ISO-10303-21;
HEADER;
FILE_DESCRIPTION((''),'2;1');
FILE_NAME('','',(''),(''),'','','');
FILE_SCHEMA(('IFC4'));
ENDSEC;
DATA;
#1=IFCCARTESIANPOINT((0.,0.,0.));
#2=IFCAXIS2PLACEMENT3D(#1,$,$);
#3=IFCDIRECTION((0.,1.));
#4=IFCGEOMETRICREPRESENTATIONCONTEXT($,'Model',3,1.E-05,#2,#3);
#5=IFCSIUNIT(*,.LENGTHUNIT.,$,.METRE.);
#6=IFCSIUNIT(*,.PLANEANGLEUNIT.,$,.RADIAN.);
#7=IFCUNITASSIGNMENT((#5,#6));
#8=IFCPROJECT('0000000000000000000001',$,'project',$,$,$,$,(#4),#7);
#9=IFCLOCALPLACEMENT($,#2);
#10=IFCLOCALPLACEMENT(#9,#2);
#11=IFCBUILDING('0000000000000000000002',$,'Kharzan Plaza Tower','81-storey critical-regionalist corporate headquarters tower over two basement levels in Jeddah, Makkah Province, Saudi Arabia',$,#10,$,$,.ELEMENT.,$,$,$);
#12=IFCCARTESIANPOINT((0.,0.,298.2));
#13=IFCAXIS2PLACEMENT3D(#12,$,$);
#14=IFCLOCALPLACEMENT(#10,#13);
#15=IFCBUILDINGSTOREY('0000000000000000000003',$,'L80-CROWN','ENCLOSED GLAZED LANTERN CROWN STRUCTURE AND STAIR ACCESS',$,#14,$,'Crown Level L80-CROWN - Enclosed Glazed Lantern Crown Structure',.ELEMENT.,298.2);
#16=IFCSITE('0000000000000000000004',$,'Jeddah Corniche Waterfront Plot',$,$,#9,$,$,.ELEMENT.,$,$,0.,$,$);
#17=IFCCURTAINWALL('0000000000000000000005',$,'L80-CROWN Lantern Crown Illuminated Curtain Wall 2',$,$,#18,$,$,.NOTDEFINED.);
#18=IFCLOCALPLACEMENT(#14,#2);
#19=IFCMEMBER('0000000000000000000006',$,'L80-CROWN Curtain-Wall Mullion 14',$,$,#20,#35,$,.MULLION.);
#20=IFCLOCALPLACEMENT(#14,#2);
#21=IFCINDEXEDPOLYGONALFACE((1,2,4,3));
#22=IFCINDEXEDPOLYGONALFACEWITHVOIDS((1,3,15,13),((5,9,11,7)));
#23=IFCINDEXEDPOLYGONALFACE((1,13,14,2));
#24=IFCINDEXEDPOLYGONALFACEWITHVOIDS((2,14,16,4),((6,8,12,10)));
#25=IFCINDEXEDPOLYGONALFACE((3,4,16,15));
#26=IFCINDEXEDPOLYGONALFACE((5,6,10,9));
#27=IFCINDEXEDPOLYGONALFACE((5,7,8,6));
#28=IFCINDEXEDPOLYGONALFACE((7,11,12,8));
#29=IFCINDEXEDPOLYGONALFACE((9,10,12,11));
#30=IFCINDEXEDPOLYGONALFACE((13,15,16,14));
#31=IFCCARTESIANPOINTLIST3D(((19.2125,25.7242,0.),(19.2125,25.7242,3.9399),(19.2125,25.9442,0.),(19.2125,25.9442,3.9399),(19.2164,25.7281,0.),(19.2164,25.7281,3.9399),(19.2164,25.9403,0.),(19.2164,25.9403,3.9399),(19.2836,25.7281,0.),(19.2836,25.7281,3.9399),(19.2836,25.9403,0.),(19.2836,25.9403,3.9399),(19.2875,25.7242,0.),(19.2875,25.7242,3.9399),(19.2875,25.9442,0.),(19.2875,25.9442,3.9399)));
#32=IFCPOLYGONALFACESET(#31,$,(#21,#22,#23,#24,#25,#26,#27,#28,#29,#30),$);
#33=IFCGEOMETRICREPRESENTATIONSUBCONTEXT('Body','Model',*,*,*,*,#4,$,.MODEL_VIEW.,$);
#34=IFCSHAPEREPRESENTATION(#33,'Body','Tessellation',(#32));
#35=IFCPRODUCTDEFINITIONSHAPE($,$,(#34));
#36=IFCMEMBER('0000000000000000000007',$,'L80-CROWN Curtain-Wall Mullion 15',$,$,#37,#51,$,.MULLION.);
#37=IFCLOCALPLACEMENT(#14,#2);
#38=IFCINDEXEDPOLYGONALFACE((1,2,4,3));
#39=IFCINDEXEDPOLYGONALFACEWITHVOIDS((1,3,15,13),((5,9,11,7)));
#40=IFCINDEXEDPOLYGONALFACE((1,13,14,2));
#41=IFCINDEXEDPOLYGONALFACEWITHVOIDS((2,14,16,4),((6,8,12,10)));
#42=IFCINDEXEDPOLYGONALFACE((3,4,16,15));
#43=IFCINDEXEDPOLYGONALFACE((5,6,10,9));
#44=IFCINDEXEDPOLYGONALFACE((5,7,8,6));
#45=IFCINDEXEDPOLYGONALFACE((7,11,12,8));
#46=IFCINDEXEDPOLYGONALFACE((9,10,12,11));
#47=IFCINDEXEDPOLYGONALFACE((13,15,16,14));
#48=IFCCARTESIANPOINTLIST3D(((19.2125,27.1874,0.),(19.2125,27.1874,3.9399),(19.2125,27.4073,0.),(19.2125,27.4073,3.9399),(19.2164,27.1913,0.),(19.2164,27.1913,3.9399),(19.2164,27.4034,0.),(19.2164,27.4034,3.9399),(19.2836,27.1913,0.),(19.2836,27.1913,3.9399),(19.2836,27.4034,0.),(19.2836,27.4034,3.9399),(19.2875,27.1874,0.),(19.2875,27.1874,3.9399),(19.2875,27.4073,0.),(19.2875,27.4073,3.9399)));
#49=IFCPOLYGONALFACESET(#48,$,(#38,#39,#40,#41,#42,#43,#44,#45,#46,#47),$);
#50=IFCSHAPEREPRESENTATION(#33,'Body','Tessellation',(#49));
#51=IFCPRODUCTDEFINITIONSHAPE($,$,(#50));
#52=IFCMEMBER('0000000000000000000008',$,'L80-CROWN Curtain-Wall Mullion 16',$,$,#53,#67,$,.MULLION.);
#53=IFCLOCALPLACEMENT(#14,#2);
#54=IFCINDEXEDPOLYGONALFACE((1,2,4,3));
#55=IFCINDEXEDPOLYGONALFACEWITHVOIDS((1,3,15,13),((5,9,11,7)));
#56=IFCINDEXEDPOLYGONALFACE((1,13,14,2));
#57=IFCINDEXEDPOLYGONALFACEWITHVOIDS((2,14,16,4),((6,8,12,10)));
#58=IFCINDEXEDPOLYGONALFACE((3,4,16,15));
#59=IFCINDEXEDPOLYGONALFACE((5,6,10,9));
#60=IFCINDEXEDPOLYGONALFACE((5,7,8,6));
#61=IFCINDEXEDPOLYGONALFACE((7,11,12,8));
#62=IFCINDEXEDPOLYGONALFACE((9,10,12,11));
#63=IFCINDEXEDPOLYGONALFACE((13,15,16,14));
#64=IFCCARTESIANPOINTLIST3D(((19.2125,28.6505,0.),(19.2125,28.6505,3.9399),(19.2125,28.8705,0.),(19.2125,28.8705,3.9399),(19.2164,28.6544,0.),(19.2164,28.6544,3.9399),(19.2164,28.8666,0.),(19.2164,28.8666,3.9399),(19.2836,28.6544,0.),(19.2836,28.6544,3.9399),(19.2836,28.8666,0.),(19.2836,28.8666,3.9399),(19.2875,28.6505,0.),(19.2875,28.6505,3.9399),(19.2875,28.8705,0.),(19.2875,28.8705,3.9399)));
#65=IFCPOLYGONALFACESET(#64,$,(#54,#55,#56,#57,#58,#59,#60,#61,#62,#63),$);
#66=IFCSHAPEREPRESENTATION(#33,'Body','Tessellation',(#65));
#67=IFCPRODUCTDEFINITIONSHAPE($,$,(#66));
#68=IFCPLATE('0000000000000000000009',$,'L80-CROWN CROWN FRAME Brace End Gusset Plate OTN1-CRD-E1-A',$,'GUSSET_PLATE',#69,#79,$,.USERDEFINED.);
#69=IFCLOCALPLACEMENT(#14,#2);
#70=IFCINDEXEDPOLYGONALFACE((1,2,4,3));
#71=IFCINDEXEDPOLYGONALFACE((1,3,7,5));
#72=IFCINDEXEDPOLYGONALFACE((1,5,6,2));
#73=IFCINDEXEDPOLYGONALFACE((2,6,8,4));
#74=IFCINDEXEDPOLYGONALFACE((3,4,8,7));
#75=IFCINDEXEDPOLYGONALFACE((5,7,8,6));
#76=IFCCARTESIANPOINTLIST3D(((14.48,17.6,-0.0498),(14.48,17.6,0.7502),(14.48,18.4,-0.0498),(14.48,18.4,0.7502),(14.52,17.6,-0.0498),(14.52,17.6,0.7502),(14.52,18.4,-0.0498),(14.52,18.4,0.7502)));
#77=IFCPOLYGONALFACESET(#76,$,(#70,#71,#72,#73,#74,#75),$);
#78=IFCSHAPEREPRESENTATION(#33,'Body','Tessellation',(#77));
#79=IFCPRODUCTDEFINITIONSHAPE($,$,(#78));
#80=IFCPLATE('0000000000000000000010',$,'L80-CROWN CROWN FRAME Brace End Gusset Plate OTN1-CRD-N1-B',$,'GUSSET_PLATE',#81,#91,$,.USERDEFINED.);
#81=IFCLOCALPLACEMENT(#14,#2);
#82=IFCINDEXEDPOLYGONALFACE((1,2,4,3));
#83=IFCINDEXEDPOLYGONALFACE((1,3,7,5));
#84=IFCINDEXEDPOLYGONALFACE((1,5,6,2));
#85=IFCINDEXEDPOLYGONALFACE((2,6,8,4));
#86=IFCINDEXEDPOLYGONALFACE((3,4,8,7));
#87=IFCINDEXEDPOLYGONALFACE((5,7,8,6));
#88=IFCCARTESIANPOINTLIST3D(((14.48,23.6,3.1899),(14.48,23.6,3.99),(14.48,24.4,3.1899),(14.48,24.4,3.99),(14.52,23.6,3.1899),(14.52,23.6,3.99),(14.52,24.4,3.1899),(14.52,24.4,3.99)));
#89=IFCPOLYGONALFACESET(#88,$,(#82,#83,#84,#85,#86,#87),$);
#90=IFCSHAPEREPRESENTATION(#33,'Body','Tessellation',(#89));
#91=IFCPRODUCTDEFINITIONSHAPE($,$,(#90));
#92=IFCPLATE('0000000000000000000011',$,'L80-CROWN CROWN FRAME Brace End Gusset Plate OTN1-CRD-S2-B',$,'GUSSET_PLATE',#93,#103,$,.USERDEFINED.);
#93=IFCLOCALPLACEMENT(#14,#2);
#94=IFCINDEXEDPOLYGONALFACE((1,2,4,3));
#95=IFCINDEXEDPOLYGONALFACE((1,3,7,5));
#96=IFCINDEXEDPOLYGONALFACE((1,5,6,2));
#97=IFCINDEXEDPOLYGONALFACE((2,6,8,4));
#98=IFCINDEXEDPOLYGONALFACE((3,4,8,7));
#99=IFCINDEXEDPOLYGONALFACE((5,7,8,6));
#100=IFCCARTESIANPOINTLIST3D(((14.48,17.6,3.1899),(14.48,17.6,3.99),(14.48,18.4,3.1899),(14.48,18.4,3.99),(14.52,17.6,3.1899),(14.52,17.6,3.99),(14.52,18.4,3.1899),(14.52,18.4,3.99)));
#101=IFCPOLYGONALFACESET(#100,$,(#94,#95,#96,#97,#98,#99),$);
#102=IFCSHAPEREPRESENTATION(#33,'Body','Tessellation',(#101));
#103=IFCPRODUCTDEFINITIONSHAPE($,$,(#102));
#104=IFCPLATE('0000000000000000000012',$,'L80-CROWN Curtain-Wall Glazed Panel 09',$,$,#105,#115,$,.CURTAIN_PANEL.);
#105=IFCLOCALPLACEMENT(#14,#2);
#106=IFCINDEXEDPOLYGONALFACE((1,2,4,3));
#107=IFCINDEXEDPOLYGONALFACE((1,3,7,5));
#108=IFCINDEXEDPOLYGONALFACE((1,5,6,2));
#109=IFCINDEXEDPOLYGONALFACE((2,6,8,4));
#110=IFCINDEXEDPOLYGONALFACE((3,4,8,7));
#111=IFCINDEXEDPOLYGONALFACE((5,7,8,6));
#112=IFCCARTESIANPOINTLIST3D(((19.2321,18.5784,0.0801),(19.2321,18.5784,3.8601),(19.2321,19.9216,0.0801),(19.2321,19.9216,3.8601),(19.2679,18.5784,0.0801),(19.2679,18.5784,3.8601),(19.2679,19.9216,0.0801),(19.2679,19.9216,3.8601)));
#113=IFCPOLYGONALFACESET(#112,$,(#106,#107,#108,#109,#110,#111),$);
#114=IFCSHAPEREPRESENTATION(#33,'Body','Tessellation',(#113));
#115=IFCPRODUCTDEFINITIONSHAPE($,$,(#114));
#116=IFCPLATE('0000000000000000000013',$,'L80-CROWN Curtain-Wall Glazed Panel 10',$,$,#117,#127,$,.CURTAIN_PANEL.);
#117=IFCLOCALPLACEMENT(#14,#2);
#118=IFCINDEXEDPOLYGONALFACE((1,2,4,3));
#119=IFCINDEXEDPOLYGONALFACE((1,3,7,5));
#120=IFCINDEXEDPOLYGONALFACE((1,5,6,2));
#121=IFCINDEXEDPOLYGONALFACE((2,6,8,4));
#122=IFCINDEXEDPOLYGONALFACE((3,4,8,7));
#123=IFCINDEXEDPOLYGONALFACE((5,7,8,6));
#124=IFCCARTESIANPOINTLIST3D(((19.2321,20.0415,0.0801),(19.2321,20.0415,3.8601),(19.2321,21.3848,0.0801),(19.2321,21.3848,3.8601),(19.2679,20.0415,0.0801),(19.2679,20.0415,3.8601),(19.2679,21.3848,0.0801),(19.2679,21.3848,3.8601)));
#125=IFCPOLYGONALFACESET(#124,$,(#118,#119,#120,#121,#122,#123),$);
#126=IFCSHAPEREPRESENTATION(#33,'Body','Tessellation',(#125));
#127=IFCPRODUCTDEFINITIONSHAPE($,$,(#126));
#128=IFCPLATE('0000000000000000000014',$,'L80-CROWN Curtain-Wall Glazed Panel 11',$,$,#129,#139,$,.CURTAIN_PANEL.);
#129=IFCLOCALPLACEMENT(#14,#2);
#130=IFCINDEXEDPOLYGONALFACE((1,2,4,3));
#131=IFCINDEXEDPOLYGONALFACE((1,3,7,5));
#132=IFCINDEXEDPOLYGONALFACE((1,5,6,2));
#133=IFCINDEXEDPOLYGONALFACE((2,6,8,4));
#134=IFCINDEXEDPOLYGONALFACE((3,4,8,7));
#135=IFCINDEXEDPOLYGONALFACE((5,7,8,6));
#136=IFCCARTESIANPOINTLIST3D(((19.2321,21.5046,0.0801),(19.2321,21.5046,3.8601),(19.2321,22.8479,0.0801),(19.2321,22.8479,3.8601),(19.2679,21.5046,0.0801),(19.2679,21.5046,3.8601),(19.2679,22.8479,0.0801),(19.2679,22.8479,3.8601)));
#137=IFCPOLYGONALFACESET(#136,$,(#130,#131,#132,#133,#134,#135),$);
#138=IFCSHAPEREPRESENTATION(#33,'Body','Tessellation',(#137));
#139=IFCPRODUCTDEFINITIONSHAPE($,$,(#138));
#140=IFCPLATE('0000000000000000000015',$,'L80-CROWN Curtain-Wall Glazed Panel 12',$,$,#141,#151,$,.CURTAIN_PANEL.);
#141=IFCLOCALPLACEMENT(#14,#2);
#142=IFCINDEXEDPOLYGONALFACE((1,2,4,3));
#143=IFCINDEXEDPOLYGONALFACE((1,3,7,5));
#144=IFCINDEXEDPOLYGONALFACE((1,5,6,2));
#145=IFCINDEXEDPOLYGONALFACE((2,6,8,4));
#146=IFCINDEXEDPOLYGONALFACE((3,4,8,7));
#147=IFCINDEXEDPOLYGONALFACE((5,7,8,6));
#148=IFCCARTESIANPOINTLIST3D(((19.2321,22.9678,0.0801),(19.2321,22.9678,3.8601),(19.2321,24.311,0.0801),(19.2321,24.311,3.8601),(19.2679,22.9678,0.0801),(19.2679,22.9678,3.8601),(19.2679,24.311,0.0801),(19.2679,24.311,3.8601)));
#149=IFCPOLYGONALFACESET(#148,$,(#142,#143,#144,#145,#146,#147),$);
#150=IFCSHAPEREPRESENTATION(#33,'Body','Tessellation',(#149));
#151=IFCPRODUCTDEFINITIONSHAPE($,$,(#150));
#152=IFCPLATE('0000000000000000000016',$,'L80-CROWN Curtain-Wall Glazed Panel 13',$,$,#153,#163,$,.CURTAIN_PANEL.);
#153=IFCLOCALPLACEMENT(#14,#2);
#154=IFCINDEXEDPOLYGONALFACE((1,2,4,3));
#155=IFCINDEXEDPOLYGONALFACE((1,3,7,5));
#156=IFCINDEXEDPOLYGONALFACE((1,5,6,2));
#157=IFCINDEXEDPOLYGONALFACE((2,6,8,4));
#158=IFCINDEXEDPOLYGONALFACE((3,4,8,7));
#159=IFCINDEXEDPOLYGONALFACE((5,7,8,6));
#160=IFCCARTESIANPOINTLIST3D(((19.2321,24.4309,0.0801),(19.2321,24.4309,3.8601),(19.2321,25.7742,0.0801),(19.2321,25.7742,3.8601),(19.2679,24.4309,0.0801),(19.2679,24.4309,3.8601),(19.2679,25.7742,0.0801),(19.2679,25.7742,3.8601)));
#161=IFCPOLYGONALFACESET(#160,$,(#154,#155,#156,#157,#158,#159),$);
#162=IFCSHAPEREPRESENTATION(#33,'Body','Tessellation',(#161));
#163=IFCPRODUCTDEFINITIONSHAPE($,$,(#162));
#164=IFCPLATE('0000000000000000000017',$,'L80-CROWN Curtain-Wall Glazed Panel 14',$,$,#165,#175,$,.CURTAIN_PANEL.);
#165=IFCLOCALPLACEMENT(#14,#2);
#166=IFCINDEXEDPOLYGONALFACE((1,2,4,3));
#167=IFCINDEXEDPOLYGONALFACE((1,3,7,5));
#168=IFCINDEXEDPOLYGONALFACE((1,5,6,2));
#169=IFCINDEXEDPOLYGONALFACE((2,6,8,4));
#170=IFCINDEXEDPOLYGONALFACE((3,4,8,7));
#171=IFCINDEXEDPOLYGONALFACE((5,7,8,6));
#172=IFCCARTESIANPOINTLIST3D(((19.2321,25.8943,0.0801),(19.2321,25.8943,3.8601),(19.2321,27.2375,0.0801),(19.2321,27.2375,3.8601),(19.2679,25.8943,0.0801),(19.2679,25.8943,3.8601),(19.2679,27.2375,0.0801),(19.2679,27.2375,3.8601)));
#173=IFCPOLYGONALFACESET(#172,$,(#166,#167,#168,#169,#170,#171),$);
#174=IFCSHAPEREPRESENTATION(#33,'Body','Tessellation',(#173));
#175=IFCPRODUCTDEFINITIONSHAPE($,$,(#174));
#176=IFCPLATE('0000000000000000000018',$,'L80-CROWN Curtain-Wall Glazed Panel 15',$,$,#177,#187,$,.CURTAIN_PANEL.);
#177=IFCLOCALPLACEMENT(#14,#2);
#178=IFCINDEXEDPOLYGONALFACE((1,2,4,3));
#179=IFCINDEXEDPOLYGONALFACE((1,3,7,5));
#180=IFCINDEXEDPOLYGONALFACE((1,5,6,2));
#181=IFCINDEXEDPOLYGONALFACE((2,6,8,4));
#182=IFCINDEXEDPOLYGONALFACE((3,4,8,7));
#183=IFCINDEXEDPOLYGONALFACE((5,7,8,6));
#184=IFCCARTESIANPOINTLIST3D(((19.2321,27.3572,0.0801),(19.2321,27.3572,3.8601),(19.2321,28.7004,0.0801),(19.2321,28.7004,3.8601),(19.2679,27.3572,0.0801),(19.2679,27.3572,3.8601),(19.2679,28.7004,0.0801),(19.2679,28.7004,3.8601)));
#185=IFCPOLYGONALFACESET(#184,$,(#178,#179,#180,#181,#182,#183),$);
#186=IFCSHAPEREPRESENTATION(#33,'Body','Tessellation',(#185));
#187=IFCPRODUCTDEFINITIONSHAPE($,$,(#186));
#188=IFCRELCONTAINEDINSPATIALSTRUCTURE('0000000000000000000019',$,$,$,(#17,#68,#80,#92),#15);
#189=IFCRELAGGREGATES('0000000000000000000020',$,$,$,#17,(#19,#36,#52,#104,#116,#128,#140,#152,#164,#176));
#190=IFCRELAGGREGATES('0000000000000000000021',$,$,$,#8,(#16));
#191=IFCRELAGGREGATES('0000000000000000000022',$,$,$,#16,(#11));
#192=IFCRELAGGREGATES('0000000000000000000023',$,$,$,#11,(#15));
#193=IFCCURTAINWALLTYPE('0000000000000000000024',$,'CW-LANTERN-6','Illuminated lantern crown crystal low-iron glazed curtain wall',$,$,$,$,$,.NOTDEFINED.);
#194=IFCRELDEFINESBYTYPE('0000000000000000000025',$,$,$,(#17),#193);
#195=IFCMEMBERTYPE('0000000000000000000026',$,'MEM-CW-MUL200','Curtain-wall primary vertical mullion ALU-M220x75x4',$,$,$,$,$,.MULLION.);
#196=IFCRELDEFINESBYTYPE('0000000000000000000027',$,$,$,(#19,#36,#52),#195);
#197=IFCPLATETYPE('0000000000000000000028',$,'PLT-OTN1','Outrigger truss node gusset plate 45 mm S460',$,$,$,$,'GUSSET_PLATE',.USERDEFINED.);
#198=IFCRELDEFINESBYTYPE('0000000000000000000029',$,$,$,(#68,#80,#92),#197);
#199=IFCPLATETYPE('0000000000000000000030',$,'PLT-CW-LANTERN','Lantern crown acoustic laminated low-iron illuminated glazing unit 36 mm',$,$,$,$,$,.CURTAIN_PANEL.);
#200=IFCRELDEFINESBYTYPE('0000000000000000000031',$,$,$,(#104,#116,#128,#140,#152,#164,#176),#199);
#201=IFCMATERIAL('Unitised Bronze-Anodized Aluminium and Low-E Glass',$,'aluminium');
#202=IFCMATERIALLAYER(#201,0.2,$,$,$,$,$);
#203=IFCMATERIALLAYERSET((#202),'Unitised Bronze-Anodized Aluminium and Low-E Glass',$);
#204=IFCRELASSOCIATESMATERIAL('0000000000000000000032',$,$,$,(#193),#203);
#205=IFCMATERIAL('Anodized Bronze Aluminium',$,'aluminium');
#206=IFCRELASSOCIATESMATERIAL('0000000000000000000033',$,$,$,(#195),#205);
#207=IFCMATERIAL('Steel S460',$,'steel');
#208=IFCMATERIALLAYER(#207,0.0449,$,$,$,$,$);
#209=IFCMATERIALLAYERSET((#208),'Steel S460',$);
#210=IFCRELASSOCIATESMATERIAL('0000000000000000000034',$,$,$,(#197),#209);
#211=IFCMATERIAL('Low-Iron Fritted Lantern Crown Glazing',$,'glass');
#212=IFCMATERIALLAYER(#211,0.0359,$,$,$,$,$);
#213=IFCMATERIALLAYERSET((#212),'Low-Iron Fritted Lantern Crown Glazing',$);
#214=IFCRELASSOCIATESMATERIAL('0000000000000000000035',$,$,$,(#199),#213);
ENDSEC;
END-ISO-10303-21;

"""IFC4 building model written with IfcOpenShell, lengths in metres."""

from ifc_helpers import new_model, si_unit, direction, frame, origin, origin_2d, place, context, subcontext, project, spatial, rectangle, hollow_rectangle, extrude, source, transform, mapped, material, layer, layer_set, material_profile, profile_set, type_object, element, aggregate, save


model = new_model("IFC4")

# Units and contexts
model_context = context("Model", 3, precision=1e-05, world=origin(), true_north=direction((0.0, 1.0)))
body_context = subcontext(model_context, "Body", "Model", "MODEL_VIEW")
ifc_project = project(units=[si_unit("LENGTHUNIT", "METRE"), si_unit("PLANEANGLEUNIT", "RADIAN")], contexts=[model_context])

# Site, building, storey
site_placement = place(None, origin())
site = spatial("IfcSite", under=ifc_project, at=site_placement, Name="Jeddah Corniche Waterfront Plot", CompositionType="ELEMENT", RefElevation=0.0)
building_placement = place(site_placement, origin())
building = spatial("IfcBuilding", under=site, at=building_placement, Name="Kharzan Plaza Tower", Description="81-storey critical-regionalist corporate headquarters tower over two basement levels in Jeddah, Makkah Province, Saudi Arabia", CompositionType="ELEMENT")
storey_placement = place(building_placement, frame((0.0, 0.0, 298.2)))
storey = spatial("IfcBuildingStorey", under=building, at=storey_placement, Name="L80-CROWN", Description="ENCLOSED GLAZED LANTERN CROWN STRUCTURE AND STAIR ACCESS", LongName="Crown Level L80-CROWN - Enclosed Glazed Lantern Crown Structure", CompositionType="ELEMENT", Elevation=298.2)

# Curtain wall, members
ifc_material_1 = material(Name="Unitised Bronze-Anodized Aluminium and Low-E Glass", Category="aluminium")
ifc_layer_1 = layer(ifc_material_1, 0.2)
ifc_layer_set_1 = layer_set([ifc_layer_1], Name="Unitised Bronze-Anodized Aluminium and Low-E Glass")
curtain_wall_type = type_object("IfcCurtainWallType", Name="CW-LANTERN-6", Description="Illuminated lantern crown crystal low-iron glazed curtain wall", PredefinedType="NOTDEFINED", material=ifc_layer_set_1)
curtain_wall_placement = place(storey_placement, origin())
curtain_wall = element("IfcCurtainWall", 1, at=curtain_wall_placement, inside=storey, type_object=curtain_wall_type, Name="L80-CROWN Lantern Crown Illuminated Curtain Wall 2", PredefinedType="NOTDEFINED")
ifc_material_2 = material(Name="Anodized Bronze Aluminium", Category="aluminium")
ifc_material_profile_1 = material_profile(ifc_material_2, hollow_rectangle(XDim=0.075, YDim=0.22, WallThickness=0.0039, at=origin_2d()), Name="ALU-M220x75x4")
ifc_profile_set_1 = profile_set([ifc_material_profile_1], Name="Anodized Bronze Aluminium")
member_type_1 = type_object("IfcMemberType", Name="MEM-CW-MUL200", Description="Curtain-wall primary vertical mullion ALU-M220x75x4", PredefinedType="MULLION", material=ifc_profile_set_1)
shared_shape_1 = source(origin(), body_context, "Body", "SweptSolid", [
    extrude(hollow_rectangle(XDim=0.075, YDim=0.22, WallThickness=0.0039, at=origin_2d()), origin(), (0.0, 0.0, 1.0), 3.9399),
])
member_1_placement = place(storey_placement, frame((19.25, 25.8342, 0.0), z_axis=(0.0, 0.0, 1.0), x_axis=(1.0, 0.0, 0.0)))
member_1 = element("IfcMember", 2, at=member_1_placement, type_object=member_type_1, Name="L80-CROWN Curtain-Wall Mullion 14", PredefinedType="MULLION", context=body_context, shape_type="MappedRepresentation", body=[
    mapped(shared_shape_1, transform((0.0, 0.0, 0.0), x_axis=(1.0, 0.0, 0.0), y_axis=(0.0, 1.0, 0.0), z_axis=(0.0, 0.0, 1.0))),
])
member_2_placement = place(storey_placement, frame((19.25, 27.2974, 0.0), z_axis=(0.0, 0.0, 1.0), x_axis=(1.0, 0.0, 0.0)))
member_2 = element("IfcMember", 3, at=member_2_placement, type_object=member_type_1, Name="L80-CROWN Curtain-Wall Mullion 15", PredefinedType="MULLION", context=body_context, shape_type="MappedRepresentation", body=[
    mapped(shared_shape_1, transform((0.0, 0.0, 0.0), x_axis=(1.0, 0.0, 0.0), y_axis=(0.0, 1.0, 0.0), z_axis=(0.0, 0.0, 1.0))),
])
member_3_placement = place(storey_placement, frame((19.25, 28.7605, 0.0), z_axis=(0.0, 0.0, 1.0), x_axis=(1.0, 0.0, 0.0)))
member_3 = element("IfcMember", 4, at=member_3_placement, type_object=member_type_1, Name="L80-CROWN Curtain-Wall Mullion 16", PredefinedType="MULLION", context=body_context, shape_type="MappedRepresentation", body=[
    mapped(shared_shape_1, transform((0.0, 0.0, 0.0), x_axis=(1.0, 0.0, 0.0), y_axis=(0.0, 1.0, 0.0), z_axis=(0.0, 0.0, 1.0))),
])

# Plates
ifc_material_3 = material(Name="Steel S460", Category="steel")
ifc_layer_2 = layer(ifc_material_3, 0.0449)
ifc_layer_set_2 = layer_set([ifc_layer_2], Name="Steel S460")
plate_type_1 = type_object("IfcPlateType", Name="PLT-OTN1", Description="Outrigger truss node gusset plate 45 mm S460", ElementType="GUSSET_PLATE", PredefinedType="USERDEFINED", material=ifc_layer_set_2)
shared_shape_2 = source(origin(), body_context, "Body", "SweptSolid", [
    extrude(rectangle(XDim=0.8, YDim=0.04, at=origin_2d()), origin(), (0.0, 0.0, 1.0), 0.8),
])
for number, where, z_axis, x_axis, name in (
    (5, (14.5, 18.0, -0.0498), (0.0, 0.0, 1.0), (0.0, 1.0, 0.0), "L80-CROWN CROWN FRAME Brace End Gusset Plate OTN1-CRD-E1-A"),
    (6, (14.5, 24.0, 3.1899), (0.0, 0.0, 1.0), (0.0, -1.0, 0.0), "L80-CROWN CROWN FRAME Brace End Gusset Plate OTN1-CRD-N1-B"),
    (7, (14.5, 18.0, 3.1899), (0.0, 0.0, 1.0), (0.0, 1.0, 0.0), "L80-CROWN CROWN FRAME Brace End Gusset Plate OTN1-CRD-S2-B"),
):
    element("IfcPlate", number, at=place(storey_placement, frame(where, z_axis=z_axis, x_axis=x_axis)), inside=storey, type_object=plate_type_1, Name=name, ObjectType="GUSSET_PLATE", PredefinedType="USERDEFINED", context=body_context, shape_type="MappedRepresentation", body=[
        mapped(shared_shape_2, transform((0.0, 0.0, 0.0), x_axis=(1.0, 0.0, 0.0), y_axis=(0.0, 1.0, 0.0), z_axis=(0.0, 0.0, 1.0))),
    ])

# Plates
ifc_material_4 = material(Name="Low-Iron Fritted Lantern Crown Glazing", Category="glass")
ifc_layer_3 = layer(ifc_material_4, 0.0359)
ifc_layer_set_3 = layer_set([ifc_layer_3], Name="Low-Iron Fritted Lantern Crown Glazing")
plate_type_2 = type_object("IfcPlateType", Name="PLT-CW-LANTERN", Description="Lantern crown acoustic laminated low-iron illuminated glazing unit 36 mm", PredefinedType="CURTAIN_PANEL", material=ifc_layer_set_3)
shared_shape_3 = source(origin(), body_context, "Body", "SweptSolid", [
    extrude(rectangle(XDim=1.3433, YDim=0.0359, at=origin_2d()), origin(), (0.0, 0.0, 1.0), 3.78),
])
plate_1_placement = place(storey_placement, frame((19.25, 19.25, 0.0801), z_axis=(0.0, 0.0, 1.0), x_axis=(0.0, 1.0, 0.0)))
plate_1 = element("IfcPlate", 8, at=plate_1_placement, type_object=plate_type_2, Name="L80-CROWN Curtain-Wall Glazed Panel 09", PredefinedType="CURTAIN_PANEL", context=body_context, shape_type="MappedRepresentation", body=[
    mapped(shared_shape_3, transform((0.0, 0.0, 0.0), x_axis=(1.0, 0.0, 0.0), y_axis=(0.0, 1.0, 0.0), z_axis=(0.0, 0.0, 1.0))),
])
plate_2_placement = place(storey_placement, frame((19.25, 20.7131, 0.0801), z_axis=(0.0, 0.0, 1.0), x_axis=(0.0, 1.0, 0.0)))
plate_2 = element("IfcPlate", 9, at=plate_2_placement, type_object=plate_type_2, Name="L80-CROWN Curtain-Wall Glazed Panel 10", PredefinedType="CURTAIN_PANEL", context=body_context, shape_type="MappedRepresentation", body=[
    mapped(shared_shape_3, transform((0.0, 0.0, 0.0), x_axis=(1.0, 0.0, 0.0), y_axis=(0.0, 1.0, 0.0), z_axis=(0.0, 0.0, 1.0))),
])
plate_3_placement = place(storey_placement, frame((19.25, 22.1763, 0.0801), z_axis=(0.0, 0.0, 1.0), x_axis=(0.0, 1.0, 0.0)))
plate_3 = element("IfcPlate", 10, at=plate_3_placement, type_object=plate_type_2, Name="L80-CROWN Curtain-Wall Glazed Panel 11", PredefinedType="CURTAIN_PANEL", context=body_context, shape_type="MappedRepresentation", body=[
    mapped(shared_shape_3, transform((0.0, 0.0, 0.0), x_axis=(1.0, 0.0, 0.0), y_axis=(0.0, 1.0, 0.0), z_axis=(0.0, 0.0, 1.0))),
])
plate_4_placement = place(storey_placement, frame((19.25, 23.6394, 0.0801), z_axis=(0.0, 0.0, 1.0), x_axis=(0.0, 1.0, 0.0)))
plate_4 = element("IfcPlate", 11, at=plate_4_placement, type_object=plate_type_2, Name="L80-CROWN Curtain-Wall Glazed Panel 12", PredefinedType="CURTAIN_PANEL", context=body_context, shape_type="MappedRepresentation", body=[
    mapped(shared_shape_3, transform((0.0, 0.0, 0.0), x_axis=(1.0, 0.0, 0.0), y_axis=(0.0, 1.0, 0.0), z_axis=(0.0, 0.0, 1.0))),
])
plate_5_placement = place(storey_placement, frame((19.25, 25.1025, 0.0801), z_axis=(0.0, 0.0, 1.0), x_axis=(0.0, 1.0, 0.0)))
plate_5 = element("IfcPlate", 12, at=plate_5_placement, type_object=plate_type_2, Name="L80-CROWN Curtain-Wall Glazed Panel 13", PredefinedType="CURTAIN_PANEL", context=body_context, shape_type="MappedRepresentation", body=[
    mapped(shared_shape_3, transform((0.0, 0.0, 0.0), x_axis=(1.0, 0.0, 0.0), y_axis=(0.0, 1.0, 0.0), z_axis=(0.0, 0.0, 1.0))),
])
plate_6_placement = place(storey_placement, frame((19.25, 26.5659, 0.0801), z_axis=(0.0, 0.0, 1.0), x_axis=(0.0, 1.0, 0.0)))
plate_6 = element("IfcPlate", 13, at=plate_6_placement, type_object=plate_type_2, Name="L80-CROWN Curtain-Wall Glazed Panel 14", PredefinedType="CURTAIN_PANEL", context=body_context, shape_type="MappedRepresentation", body=[
    mapped(shared_shape_3, transform((0.0, 0.0, 0.0), x_axis=(1.0, 0.0, 0.0), y_axis=(0.0, 1.0, 0.0), z_axis=(0.0, 0.0, 1.0))),
])
plate_7_placement = place(storey_placement, frame((19.25, 28.0288, 0.0801), z_axis=(0.0, 0.0, 1.0), x_axis=(0.0, 1.0, 0.0)))
plate_7 = element("IfcPlate", 14, at=plate_7_placement, type_object=plate_type_2, Name="L80-CROWN Curtain-Wall Glazed Panel 15", PredefinedType="CURTAIN_PANEL", context=body_context, shape_type="MappedRepresentation", body=[
    mapped(shared_shape_3, transform((0.0, 0.0, 0.0), x_axis=(1.0, 0.0, 0.0), y_axis=(0.0, 1.0, 0.0), z_axis=(0.0, 0.0, 1.0))),
])
aggregate(curtain_wall, [member_1, member_2, member_3, plate_1, plate_2, plate_3, plate_4, plate_5, plate_6, plate_7])

save(model, "model.ifc")
